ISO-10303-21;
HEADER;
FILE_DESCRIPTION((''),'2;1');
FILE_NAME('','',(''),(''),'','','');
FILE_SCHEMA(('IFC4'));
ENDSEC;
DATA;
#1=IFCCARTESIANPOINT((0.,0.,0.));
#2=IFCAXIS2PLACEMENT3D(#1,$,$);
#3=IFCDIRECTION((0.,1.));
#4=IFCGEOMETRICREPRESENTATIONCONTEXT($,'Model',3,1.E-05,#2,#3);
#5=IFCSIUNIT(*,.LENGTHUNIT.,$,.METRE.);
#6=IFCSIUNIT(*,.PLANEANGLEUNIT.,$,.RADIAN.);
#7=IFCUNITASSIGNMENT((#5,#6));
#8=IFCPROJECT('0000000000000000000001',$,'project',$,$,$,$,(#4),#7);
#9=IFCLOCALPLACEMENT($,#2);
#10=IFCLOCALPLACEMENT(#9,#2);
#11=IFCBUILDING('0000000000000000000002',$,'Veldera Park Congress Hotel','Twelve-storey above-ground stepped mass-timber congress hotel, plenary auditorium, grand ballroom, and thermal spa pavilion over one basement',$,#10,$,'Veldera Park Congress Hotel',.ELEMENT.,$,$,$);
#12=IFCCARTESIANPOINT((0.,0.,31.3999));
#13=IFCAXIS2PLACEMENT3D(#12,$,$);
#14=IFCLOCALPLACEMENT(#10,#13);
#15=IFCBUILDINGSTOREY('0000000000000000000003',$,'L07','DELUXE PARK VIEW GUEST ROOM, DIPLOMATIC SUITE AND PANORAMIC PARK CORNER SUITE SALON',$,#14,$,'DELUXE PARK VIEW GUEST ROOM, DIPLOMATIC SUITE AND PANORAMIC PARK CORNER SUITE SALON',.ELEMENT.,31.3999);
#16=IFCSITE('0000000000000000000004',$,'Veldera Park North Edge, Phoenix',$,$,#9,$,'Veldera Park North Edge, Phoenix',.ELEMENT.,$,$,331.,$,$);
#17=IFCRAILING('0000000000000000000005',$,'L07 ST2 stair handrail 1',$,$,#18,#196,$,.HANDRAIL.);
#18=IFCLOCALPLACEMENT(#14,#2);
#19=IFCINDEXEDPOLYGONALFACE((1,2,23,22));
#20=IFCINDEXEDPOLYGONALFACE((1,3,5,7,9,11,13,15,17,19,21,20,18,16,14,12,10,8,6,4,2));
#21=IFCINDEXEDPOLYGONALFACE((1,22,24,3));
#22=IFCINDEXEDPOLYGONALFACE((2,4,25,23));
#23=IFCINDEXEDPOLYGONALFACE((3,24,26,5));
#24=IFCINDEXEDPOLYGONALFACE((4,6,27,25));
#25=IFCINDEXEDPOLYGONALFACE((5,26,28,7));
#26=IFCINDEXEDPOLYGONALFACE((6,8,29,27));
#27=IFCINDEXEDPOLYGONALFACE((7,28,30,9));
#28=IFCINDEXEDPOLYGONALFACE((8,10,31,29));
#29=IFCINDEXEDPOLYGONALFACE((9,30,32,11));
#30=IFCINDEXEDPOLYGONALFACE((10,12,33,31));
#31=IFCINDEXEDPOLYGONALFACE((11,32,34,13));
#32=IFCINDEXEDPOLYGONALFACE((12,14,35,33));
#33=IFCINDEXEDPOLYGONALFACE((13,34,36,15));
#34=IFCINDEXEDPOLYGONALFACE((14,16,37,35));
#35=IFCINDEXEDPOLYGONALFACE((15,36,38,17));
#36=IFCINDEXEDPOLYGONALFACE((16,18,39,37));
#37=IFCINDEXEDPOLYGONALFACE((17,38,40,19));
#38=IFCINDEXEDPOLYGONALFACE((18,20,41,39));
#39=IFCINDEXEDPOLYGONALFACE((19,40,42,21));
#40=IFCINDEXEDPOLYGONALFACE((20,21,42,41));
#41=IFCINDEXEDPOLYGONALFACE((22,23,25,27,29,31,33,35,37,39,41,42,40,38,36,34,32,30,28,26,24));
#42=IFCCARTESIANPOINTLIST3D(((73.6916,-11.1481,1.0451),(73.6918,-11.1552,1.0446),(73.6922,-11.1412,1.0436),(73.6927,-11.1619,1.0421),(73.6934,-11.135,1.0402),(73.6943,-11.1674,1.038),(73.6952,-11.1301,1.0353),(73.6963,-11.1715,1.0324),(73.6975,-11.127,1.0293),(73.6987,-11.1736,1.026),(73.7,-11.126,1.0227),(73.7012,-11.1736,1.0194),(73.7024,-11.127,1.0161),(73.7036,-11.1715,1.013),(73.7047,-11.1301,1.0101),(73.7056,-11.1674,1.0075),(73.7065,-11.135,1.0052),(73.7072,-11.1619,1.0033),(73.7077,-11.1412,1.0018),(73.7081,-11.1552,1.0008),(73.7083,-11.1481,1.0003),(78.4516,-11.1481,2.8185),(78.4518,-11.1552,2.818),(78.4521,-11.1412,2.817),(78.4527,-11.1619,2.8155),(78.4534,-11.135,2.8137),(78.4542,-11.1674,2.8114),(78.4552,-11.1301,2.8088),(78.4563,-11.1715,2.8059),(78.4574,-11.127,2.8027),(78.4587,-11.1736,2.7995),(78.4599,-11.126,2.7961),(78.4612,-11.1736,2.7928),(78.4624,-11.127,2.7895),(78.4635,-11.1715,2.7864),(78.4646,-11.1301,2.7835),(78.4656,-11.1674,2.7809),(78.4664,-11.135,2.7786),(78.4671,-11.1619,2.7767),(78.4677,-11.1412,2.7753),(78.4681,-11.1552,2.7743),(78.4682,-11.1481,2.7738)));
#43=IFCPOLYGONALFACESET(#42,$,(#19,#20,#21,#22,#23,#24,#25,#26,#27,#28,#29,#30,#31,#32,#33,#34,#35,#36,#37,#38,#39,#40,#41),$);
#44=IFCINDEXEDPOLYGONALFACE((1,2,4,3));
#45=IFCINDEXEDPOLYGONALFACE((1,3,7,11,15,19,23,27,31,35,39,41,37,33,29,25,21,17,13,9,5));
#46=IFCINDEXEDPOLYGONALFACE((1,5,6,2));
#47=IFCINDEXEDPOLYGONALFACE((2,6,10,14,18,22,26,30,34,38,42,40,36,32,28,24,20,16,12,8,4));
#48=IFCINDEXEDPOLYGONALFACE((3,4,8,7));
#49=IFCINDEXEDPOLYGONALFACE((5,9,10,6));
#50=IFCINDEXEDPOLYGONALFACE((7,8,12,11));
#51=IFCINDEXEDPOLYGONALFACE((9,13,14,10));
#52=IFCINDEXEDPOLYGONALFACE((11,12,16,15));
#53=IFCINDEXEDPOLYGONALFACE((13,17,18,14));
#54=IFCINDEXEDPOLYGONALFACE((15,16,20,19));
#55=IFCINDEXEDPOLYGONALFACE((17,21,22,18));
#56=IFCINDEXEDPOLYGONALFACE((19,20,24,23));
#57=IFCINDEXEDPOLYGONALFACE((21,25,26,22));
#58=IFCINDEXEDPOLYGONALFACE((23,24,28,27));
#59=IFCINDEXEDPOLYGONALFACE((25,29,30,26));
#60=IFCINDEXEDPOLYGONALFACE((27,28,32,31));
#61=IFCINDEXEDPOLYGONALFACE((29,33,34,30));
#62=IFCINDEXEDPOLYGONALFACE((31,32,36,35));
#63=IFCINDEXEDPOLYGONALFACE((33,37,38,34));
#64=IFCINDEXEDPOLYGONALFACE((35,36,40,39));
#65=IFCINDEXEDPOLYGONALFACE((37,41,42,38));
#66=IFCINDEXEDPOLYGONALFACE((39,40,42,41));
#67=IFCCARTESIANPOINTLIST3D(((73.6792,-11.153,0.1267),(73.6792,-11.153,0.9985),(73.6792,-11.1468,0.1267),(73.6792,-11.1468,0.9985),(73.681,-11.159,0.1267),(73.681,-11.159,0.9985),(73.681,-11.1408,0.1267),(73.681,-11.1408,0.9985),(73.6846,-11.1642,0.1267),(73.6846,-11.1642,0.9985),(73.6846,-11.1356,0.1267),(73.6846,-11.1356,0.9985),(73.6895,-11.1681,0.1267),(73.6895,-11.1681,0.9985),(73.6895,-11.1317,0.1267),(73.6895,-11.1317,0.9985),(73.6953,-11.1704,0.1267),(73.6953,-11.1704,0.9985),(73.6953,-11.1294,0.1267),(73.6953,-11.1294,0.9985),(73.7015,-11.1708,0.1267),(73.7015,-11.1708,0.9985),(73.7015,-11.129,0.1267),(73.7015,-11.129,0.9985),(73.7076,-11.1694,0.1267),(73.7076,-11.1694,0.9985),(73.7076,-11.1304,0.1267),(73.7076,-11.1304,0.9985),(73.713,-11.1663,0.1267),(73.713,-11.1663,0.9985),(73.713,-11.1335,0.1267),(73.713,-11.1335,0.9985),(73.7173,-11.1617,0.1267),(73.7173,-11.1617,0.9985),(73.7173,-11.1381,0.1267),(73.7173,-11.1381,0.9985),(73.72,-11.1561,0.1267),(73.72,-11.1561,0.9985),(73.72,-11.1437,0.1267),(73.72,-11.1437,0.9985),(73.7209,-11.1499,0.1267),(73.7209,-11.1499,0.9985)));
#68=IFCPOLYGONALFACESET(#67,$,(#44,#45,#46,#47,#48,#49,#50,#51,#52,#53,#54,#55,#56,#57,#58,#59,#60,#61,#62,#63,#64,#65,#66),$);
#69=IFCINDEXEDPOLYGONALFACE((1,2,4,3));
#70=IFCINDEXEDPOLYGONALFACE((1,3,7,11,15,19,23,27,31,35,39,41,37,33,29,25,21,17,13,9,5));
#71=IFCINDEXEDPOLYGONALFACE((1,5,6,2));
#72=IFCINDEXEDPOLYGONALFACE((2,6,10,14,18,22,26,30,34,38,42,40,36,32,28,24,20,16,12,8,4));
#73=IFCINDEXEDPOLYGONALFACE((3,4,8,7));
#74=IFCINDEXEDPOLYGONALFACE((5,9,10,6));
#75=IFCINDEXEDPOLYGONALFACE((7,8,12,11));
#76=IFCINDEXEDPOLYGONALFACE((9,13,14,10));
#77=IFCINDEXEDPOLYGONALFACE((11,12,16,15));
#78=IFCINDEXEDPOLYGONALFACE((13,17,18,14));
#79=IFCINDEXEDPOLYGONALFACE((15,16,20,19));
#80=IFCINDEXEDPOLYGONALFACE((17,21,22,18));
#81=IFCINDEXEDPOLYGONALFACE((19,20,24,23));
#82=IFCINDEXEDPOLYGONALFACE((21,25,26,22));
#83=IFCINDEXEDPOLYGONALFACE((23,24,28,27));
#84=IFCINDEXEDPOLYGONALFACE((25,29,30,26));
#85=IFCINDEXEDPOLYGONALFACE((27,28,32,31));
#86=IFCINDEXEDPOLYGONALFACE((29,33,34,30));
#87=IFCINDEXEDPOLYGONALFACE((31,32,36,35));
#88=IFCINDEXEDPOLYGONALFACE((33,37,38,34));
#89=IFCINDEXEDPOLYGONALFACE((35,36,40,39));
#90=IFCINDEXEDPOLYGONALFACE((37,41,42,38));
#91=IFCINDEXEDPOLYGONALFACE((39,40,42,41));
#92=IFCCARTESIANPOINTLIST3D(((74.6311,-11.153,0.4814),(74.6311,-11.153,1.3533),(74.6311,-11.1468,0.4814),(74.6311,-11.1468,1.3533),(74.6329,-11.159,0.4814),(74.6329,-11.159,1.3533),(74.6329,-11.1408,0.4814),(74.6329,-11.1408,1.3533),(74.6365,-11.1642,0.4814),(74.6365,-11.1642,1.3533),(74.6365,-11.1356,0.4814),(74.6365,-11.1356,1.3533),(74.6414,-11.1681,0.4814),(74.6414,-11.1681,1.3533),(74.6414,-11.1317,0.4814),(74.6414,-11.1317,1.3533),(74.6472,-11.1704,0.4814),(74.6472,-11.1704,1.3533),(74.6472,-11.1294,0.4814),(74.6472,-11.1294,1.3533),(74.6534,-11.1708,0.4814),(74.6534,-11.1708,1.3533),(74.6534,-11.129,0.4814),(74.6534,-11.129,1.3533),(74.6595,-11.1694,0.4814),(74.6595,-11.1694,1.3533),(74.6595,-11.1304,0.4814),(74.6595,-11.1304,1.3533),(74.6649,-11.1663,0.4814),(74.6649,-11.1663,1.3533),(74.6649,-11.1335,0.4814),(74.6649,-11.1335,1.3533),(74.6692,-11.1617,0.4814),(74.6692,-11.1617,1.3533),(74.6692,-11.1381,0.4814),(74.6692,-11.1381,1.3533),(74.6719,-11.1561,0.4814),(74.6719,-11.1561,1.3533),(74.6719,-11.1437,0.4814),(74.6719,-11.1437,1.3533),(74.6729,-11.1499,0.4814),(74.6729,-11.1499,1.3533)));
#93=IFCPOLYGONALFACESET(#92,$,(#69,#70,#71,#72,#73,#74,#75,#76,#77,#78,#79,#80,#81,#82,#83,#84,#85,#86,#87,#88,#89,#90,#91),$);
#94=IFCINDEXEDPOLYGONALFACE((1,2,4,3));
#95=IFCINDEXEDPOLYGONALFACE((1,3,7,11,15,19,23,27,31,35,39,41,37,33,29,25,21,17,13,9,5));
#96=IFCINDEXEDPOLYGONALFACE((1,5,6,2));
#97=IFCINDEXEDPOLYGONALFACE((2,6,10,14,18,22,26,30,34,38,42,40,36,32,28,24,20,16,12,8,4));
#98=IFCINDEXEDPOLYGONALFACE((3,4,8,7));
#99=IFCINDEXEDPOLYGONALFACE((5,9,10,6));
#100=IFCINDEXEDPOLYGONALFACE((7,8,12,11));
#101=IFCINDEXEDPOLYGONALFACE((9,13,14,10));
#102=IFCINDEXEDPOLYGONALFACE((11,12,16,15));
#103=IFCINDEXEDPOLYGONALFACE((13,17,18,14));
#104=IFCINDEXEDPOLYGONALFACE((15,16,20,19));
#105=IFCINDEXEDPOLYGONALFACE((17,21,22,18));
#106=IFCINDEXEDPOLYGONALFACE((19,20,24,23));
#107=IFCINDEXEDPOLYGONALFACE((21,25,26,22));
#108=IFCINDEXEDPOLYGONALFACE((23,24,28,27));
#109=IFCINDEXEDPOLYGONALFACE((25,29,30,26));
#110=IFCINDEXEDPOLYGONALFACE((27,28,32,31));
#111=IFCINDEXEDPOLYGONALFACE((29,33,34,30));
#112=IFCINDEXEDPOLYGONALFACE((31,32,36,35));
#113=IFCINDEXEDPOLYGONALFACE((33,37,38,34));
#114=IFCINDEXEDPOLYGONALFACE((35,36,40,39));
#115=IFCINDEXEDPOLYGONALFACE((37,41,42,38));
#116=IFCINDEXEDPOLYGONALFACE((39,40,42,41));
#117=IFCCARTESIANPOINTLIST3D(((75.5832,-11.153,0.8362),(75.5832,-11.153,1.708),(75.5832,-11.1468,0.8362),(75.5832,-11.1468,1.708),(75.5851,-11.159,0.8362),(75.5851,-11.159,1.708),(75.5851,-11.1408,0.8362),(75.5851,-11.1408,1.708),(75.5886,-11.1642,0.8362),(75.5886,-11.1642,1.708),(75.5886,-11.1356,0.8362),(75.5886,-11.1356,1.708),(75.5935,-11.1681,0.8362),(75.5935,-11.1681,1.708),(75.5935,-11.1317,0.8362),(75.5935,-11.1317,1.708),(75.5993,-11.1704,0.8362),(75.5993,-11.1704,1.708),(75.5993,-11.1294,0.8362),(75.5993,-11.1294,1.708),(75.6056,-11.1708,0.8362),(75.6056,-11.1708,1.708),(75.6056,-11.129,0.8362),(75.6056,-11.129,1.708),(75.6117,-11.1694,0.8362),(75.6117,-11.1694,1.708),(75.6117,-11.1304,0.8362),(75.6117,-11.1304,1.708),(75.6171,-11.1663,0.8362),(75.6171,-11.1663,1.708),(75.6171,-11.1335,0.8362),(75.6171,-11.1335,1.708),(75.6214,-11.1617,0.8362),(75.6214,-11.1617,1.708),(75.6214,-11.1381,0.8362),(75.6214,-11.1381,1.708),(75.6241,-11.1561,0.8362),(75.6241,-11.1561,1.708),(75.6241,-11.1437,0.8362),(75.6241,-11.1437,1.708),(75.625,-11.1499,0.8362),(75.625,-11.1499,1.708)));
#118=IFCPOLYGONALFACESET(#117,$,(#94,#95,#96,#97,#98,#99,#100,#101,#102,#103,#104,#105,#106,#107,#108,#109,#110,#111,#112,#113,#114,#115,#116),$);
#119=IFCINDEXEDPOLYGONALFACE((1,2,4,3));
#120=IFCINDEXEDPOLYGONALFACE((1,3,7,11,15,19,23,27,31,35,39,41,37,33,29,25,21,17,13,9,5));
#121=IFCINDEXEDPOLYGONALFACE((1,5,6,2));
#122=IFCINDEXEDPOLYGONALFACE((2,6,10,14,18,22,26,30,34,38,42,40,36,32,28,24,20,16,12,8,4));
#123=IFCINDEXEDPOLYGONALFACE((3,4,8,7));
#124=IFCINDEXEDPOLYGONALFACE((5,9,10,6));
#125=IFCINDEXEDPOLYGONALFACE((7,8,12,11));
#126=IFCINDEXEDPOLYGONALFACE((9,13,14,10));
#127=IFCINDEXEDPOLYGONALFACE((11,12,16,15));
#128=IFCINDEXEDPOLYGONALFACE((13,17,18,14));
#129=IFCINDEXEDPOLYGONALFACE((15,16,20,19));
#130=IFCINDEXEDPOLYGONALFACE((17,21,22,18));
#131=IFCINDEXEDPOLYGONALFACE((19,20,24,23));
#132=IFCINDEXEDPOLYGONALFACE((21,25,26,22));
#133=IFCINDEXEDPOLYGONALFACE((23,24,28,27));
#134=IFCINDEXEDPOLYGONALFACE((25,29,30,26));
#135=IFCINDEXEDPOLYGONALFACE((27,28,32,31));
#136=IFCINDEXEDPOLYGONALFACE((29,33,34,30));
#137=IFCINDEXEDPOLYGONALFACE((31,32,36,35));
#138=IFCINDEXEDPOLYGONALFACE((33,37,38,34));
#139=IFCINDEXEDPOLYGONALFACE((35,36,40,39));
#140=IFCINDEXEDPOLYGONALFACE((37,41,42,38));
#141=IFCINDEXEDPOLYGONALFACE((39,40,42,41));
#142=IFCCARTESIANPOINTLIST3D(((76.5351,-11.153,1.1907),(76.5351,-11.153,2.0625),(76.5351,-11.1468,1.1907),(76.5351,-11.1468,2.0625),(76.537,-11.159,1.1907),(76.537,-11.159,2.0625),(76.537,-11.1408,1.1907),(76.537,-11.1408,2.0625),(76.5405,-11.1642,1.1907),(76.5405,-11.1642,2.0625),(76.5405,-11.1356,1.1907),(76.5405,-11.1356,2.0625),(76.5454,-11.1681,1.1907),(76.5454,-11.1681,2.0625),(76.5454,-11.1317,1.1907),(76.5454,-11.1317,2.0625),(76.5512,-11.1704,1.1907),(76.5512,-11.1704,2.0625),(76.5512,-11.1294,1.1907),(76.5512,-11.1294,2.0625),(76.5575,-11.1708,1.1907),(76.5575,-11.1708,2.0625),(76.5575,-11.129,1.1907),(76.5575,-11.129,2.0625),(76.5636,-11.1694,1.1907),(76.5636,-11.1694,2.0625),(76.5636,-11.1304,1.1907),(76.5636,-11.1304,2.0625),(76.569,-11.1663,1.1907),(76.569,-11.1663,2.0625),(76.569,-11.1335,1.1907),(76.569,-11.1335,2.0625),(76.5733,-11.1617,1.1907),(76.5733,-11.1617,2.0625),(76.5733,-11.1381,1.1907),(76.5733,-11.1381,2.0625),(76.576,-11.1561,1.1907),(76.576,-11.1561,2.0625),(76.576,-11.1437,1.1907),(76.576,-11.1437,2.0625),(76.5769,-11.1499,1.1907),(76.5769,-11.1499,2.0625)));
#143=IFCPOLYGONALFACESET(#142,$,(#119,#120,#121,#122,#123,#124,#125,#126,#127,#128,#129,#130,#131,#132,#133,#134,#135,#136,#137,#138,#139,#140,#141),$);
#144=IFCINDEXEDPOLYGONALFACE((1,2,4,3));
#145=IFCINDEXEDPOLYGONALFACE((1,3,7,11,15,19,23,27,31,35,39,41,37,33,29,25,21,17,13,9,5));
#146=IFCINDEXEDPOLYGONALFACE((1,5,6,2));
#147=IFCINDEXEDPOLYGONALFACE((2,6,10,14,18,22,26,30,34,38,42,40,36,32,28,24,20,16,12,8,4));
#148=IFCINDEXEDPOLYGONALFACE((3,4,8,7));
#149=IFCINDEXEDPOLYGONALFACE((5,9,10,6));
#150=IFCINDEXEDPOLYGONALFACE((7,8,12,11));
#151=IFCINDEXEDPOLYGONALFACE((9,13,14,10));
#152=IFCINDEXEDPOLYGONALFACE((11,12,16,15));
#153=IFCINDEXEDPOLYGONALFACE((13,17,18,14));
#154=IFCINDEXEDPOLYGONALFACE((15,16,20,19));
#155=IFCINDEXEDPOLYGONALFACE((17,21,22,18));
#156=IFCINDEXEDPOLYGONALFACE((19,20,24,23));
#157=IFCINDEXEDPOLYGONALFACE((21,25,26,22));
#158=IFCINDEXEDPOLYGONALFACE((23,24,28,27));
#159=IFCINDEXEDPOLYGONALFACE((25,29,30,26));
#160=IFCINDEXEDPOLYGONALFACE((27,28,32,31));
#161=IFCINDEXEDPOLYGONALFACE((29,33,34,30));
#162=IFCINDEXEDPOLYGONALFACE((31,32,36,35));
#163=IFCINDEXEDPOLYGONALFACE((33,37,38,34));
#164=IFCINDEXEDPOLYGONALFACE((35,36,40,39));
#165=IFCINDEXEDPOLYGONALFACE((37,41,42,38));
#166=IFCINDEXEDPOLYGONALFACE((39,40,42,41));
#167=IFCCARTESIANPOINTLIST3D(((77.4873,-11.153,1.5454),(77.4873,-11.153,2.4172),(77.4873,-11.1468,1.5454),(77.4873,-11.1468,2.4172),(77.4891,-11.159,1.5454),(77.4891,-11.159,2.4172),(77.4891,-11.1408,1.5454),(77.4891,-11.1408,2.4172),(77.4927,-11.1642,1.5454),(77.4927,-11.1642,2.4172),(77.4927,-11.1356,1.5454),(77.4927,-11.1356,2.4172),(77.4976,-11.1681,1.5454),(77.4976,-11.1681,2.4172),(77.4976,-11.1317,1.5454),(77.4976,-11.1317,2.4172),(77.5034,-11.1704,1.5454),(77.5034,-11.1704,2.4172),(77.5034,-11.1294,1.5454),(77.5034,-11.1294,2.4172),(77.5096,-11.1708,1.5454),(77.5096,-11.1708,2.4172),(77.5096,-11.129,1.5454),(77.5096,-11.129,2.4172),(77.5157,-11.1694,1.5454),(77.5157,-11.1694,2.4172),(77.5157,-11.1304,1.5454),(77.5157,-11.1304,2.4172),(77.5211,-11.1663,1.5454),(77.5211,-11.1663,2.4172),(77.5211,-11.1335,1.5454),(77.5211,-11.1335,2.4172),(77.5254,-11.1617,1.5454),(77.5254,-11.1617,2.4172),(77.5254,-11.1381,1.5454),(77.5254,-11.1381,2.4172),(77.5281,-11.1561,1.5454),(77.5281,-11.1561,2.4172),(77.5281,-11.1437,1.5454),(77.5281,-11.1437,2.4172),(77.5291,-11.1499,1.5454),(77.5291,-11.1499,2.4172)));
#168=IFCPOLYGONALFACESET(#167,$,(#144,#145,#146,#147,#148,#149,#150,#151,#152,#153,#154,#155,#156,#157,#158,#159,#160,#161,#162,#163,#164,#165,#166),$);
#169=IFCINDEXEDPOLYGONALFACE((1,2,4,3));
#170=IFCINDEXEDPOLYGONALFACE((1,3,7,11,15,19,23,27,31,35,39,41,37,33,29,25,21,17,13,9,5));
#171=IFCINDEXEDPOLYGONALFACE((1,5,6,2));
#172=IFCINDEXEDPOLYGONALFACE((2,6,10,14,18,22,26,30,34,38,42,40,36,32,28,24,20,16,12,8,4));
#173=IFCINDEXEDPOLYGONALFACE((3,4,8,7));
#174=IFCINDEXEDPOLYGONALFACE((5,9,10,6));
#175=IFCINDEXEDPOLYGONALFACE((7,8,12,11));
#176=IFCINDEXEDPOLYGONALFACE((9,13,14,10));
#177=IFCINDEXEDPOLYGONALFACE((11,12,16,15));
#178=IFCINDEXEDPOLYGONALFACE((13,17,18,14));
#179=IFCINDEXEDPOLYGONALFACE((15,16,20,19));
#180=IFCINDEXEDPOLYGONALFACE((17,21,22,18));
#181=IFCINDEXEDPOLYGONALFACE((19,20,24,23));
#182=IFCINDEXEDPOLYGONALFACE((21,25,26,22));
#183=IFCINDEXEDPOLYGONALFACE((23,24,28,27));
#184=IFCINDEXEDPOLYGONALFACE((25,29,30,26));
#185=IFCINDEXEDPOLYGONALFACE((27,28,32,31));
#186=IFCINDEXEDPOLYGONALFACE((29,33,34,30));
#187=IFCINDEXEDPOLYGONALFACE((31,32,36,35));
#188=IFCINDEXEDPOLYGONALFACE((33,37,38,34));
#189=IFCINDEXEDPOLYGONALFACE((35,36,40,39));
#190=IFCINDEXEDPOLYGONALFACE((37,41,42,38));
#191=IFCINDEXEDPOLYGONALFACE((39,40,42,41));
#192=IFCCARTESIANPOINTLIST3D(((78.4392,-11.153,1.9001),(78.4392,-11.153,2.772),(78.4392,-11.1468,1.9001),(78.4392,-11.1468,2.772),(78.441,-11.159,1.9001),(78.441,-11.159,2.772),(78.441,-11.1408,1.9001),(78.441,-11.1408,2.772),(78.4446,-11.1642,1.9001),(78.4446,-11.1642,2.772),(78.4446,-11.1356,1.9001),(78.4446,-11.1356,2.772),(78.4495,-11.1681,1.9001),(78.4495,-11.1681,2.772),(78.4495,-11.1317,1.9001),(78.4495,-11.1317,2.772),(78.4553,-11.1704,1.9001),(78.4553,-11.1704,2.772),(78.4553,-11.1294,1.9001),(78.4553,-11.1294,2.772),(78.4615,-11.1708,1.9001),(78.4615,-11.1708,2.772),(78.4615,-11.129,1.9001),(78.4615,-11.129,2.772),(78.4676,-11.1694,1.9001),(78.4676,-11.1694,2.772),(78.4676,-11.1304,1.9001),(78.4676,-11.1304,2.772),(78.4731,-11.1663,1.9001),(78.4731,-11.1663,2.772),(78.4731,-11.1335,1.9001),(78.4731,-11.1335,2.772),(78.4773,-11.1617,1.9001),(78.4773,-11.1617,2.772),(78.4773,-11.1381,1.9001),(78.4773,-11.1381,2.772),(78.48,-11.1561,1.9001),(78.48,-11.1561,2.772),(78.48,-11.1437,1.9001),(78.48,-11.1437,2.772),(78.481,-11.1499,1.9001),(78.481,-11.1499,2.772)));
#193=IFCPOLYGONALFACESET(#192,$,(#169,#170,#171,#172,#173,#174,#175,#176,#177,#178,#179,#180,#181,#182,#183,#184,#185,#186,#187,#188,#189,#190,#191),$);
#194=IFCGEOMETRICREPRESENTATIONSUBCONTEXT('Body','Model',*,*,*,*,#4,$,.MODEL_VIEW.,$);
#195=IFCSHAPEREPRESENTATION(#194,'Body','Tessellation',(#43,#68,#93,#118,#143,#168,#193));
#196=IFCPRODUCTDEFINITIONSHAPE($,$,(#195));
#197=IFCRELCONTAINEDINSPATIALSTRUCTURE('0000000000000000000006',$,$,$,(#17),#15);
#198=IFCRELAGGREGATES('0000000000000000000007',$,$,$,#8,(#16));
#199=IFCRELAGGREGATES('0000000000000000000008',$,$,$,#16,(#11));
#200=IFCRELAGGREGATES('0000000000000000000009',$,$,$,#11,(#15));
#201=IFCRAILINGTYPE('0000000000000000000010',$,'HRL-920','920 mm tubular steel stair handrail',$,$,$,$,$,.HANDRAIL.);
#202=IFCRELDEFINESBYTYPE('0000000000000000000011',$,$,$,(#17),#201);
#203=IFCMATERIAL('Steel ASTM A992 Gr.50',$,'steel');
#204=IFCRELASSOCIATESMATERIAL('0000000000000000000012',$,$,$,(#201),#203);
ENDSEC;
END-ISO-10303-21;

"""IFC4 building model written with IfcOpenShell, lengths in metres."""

from ifc_helpers import new_model, si_unit, direction, frame, origin, origin_2d, place, context, subcontext, project, spatial, circle, extrude, material, type_object, element, save


model = new_model("IFC4")

# Units and contexts
model_context = context("Model", 3, precision=1e-05, world=origin(), true_north=direction((0.0, 1.0)))
body_context = subcontext(model_context, "Body", "Model", "MODEL_VIEW")
ifc_project = project(units=[si_unit("LENGTHUNIT", "METRE"), si_unit("PLANEANGLEUNIT", "RADIAN")], contexts=[model_context])

# Site, building, storey
site_placement = place(None, origin())
site = spatial("IfcSite", under=ifc_project, at=site_placement, Name="Veldera Park North Edge, Phoenix", LongName="Veldera Park North Edge, Phoenix", CompositionType="ELEMENT", RefElevation=331.0)
building_placement = place(site_placement, origin())
building = spatial("IfcBuilding", under=site, at=building_placement, Name="Veldera Park Congress Hotel", Description="Twelve-storey above-ground stepped mass-timber congress hotel, plenary auditorium, grand ballroom, and thermal spa pavilion over one basement", LongName="Veldera Park Congress Hotel", CompositionType="ELEMENT")
storey_placement = place(building_placement, frame((0.0, 0.0, 31.3999)))
storey = spatial("IfcBuildingStorey", under=building, at=storey_placement, Name="L07", Description="DELUXE PARK VIEW GUEST ROOM, DIPLOMATIC SUITE AND PANORAMIC PARK CORNER SUITE SALON", LongName="DELUXE PARK VIEW GUEST ROOM, DIPLOMATIC SUITE AND PANORAMIC PARK CORNER SUITE SALON", CompositionType="ELEMENT", Elevation=31.3999)

# Railing
ifc_material_1 = material(Name="Steel ASTM A992 Gr.50", Category="steel")
railing_type_1 = type_object("IfcRailingType", Name="HRL-920", Description="920 mm tubular steel stair handrail", PredefinedType="HANDRAIL", material=ifc_material_1)
railing_1_placement = place(storey_placement, frame((73.7, -11.1499, 0.1267)))
element("IfcRailing", 1, at=railing_1_placement, inside=storey, type_object=railing_type_1, Name="L07 ST2 stair handrail 1", PredefinedType="HANDRAIL", context=body_context, shape_type="SweptSolid", body=[
    extrude(circle(Radius=0.0239, at=origin_2d()), frame((0.0, 0.0, 0.896), z_axis=(0.937076, 0.0, 0.349126), x_axis=(0.0, 1.0, 0.0)), (0.0, 0.0, 1.0), 5.0796),
    extrude(circle(Radius=0.021, at=origin_2d()), origin(), (0.0, 0.0, 1.0), 0.8718),
    extrude(circle(Radius=0.021, at=origin_2d()), frame((0.9519, 0.0, 0.3547)), (0.0, 0.0, 1.0), 0.8718),
    extrude(circle(Radius=0.021, at=origin_2d()), frame((1.9041, 0.0, 0.7095)), (0.0, 0.0, 1.0), 0.8718),
    extrude(circle(Radius=0.021, at=origin_2d()), frame((2.856, 0.0, 1.064)), (0.0, 0.0, 1.0), 0.8718),
    extrude(circle(Radius=0.021, at=origin_2d()), frame((3.8081, 0.0, 1.4187)), (0.0, 0.0, 1.0), 0.8718),
    extrude(circle(Radius=0.021, at=origin_2d()), frame((4.76, 0.0, 1.7734)), (0.0, 0.0, 1.0), 0.8718),
])

save(model, "model.ifc")
